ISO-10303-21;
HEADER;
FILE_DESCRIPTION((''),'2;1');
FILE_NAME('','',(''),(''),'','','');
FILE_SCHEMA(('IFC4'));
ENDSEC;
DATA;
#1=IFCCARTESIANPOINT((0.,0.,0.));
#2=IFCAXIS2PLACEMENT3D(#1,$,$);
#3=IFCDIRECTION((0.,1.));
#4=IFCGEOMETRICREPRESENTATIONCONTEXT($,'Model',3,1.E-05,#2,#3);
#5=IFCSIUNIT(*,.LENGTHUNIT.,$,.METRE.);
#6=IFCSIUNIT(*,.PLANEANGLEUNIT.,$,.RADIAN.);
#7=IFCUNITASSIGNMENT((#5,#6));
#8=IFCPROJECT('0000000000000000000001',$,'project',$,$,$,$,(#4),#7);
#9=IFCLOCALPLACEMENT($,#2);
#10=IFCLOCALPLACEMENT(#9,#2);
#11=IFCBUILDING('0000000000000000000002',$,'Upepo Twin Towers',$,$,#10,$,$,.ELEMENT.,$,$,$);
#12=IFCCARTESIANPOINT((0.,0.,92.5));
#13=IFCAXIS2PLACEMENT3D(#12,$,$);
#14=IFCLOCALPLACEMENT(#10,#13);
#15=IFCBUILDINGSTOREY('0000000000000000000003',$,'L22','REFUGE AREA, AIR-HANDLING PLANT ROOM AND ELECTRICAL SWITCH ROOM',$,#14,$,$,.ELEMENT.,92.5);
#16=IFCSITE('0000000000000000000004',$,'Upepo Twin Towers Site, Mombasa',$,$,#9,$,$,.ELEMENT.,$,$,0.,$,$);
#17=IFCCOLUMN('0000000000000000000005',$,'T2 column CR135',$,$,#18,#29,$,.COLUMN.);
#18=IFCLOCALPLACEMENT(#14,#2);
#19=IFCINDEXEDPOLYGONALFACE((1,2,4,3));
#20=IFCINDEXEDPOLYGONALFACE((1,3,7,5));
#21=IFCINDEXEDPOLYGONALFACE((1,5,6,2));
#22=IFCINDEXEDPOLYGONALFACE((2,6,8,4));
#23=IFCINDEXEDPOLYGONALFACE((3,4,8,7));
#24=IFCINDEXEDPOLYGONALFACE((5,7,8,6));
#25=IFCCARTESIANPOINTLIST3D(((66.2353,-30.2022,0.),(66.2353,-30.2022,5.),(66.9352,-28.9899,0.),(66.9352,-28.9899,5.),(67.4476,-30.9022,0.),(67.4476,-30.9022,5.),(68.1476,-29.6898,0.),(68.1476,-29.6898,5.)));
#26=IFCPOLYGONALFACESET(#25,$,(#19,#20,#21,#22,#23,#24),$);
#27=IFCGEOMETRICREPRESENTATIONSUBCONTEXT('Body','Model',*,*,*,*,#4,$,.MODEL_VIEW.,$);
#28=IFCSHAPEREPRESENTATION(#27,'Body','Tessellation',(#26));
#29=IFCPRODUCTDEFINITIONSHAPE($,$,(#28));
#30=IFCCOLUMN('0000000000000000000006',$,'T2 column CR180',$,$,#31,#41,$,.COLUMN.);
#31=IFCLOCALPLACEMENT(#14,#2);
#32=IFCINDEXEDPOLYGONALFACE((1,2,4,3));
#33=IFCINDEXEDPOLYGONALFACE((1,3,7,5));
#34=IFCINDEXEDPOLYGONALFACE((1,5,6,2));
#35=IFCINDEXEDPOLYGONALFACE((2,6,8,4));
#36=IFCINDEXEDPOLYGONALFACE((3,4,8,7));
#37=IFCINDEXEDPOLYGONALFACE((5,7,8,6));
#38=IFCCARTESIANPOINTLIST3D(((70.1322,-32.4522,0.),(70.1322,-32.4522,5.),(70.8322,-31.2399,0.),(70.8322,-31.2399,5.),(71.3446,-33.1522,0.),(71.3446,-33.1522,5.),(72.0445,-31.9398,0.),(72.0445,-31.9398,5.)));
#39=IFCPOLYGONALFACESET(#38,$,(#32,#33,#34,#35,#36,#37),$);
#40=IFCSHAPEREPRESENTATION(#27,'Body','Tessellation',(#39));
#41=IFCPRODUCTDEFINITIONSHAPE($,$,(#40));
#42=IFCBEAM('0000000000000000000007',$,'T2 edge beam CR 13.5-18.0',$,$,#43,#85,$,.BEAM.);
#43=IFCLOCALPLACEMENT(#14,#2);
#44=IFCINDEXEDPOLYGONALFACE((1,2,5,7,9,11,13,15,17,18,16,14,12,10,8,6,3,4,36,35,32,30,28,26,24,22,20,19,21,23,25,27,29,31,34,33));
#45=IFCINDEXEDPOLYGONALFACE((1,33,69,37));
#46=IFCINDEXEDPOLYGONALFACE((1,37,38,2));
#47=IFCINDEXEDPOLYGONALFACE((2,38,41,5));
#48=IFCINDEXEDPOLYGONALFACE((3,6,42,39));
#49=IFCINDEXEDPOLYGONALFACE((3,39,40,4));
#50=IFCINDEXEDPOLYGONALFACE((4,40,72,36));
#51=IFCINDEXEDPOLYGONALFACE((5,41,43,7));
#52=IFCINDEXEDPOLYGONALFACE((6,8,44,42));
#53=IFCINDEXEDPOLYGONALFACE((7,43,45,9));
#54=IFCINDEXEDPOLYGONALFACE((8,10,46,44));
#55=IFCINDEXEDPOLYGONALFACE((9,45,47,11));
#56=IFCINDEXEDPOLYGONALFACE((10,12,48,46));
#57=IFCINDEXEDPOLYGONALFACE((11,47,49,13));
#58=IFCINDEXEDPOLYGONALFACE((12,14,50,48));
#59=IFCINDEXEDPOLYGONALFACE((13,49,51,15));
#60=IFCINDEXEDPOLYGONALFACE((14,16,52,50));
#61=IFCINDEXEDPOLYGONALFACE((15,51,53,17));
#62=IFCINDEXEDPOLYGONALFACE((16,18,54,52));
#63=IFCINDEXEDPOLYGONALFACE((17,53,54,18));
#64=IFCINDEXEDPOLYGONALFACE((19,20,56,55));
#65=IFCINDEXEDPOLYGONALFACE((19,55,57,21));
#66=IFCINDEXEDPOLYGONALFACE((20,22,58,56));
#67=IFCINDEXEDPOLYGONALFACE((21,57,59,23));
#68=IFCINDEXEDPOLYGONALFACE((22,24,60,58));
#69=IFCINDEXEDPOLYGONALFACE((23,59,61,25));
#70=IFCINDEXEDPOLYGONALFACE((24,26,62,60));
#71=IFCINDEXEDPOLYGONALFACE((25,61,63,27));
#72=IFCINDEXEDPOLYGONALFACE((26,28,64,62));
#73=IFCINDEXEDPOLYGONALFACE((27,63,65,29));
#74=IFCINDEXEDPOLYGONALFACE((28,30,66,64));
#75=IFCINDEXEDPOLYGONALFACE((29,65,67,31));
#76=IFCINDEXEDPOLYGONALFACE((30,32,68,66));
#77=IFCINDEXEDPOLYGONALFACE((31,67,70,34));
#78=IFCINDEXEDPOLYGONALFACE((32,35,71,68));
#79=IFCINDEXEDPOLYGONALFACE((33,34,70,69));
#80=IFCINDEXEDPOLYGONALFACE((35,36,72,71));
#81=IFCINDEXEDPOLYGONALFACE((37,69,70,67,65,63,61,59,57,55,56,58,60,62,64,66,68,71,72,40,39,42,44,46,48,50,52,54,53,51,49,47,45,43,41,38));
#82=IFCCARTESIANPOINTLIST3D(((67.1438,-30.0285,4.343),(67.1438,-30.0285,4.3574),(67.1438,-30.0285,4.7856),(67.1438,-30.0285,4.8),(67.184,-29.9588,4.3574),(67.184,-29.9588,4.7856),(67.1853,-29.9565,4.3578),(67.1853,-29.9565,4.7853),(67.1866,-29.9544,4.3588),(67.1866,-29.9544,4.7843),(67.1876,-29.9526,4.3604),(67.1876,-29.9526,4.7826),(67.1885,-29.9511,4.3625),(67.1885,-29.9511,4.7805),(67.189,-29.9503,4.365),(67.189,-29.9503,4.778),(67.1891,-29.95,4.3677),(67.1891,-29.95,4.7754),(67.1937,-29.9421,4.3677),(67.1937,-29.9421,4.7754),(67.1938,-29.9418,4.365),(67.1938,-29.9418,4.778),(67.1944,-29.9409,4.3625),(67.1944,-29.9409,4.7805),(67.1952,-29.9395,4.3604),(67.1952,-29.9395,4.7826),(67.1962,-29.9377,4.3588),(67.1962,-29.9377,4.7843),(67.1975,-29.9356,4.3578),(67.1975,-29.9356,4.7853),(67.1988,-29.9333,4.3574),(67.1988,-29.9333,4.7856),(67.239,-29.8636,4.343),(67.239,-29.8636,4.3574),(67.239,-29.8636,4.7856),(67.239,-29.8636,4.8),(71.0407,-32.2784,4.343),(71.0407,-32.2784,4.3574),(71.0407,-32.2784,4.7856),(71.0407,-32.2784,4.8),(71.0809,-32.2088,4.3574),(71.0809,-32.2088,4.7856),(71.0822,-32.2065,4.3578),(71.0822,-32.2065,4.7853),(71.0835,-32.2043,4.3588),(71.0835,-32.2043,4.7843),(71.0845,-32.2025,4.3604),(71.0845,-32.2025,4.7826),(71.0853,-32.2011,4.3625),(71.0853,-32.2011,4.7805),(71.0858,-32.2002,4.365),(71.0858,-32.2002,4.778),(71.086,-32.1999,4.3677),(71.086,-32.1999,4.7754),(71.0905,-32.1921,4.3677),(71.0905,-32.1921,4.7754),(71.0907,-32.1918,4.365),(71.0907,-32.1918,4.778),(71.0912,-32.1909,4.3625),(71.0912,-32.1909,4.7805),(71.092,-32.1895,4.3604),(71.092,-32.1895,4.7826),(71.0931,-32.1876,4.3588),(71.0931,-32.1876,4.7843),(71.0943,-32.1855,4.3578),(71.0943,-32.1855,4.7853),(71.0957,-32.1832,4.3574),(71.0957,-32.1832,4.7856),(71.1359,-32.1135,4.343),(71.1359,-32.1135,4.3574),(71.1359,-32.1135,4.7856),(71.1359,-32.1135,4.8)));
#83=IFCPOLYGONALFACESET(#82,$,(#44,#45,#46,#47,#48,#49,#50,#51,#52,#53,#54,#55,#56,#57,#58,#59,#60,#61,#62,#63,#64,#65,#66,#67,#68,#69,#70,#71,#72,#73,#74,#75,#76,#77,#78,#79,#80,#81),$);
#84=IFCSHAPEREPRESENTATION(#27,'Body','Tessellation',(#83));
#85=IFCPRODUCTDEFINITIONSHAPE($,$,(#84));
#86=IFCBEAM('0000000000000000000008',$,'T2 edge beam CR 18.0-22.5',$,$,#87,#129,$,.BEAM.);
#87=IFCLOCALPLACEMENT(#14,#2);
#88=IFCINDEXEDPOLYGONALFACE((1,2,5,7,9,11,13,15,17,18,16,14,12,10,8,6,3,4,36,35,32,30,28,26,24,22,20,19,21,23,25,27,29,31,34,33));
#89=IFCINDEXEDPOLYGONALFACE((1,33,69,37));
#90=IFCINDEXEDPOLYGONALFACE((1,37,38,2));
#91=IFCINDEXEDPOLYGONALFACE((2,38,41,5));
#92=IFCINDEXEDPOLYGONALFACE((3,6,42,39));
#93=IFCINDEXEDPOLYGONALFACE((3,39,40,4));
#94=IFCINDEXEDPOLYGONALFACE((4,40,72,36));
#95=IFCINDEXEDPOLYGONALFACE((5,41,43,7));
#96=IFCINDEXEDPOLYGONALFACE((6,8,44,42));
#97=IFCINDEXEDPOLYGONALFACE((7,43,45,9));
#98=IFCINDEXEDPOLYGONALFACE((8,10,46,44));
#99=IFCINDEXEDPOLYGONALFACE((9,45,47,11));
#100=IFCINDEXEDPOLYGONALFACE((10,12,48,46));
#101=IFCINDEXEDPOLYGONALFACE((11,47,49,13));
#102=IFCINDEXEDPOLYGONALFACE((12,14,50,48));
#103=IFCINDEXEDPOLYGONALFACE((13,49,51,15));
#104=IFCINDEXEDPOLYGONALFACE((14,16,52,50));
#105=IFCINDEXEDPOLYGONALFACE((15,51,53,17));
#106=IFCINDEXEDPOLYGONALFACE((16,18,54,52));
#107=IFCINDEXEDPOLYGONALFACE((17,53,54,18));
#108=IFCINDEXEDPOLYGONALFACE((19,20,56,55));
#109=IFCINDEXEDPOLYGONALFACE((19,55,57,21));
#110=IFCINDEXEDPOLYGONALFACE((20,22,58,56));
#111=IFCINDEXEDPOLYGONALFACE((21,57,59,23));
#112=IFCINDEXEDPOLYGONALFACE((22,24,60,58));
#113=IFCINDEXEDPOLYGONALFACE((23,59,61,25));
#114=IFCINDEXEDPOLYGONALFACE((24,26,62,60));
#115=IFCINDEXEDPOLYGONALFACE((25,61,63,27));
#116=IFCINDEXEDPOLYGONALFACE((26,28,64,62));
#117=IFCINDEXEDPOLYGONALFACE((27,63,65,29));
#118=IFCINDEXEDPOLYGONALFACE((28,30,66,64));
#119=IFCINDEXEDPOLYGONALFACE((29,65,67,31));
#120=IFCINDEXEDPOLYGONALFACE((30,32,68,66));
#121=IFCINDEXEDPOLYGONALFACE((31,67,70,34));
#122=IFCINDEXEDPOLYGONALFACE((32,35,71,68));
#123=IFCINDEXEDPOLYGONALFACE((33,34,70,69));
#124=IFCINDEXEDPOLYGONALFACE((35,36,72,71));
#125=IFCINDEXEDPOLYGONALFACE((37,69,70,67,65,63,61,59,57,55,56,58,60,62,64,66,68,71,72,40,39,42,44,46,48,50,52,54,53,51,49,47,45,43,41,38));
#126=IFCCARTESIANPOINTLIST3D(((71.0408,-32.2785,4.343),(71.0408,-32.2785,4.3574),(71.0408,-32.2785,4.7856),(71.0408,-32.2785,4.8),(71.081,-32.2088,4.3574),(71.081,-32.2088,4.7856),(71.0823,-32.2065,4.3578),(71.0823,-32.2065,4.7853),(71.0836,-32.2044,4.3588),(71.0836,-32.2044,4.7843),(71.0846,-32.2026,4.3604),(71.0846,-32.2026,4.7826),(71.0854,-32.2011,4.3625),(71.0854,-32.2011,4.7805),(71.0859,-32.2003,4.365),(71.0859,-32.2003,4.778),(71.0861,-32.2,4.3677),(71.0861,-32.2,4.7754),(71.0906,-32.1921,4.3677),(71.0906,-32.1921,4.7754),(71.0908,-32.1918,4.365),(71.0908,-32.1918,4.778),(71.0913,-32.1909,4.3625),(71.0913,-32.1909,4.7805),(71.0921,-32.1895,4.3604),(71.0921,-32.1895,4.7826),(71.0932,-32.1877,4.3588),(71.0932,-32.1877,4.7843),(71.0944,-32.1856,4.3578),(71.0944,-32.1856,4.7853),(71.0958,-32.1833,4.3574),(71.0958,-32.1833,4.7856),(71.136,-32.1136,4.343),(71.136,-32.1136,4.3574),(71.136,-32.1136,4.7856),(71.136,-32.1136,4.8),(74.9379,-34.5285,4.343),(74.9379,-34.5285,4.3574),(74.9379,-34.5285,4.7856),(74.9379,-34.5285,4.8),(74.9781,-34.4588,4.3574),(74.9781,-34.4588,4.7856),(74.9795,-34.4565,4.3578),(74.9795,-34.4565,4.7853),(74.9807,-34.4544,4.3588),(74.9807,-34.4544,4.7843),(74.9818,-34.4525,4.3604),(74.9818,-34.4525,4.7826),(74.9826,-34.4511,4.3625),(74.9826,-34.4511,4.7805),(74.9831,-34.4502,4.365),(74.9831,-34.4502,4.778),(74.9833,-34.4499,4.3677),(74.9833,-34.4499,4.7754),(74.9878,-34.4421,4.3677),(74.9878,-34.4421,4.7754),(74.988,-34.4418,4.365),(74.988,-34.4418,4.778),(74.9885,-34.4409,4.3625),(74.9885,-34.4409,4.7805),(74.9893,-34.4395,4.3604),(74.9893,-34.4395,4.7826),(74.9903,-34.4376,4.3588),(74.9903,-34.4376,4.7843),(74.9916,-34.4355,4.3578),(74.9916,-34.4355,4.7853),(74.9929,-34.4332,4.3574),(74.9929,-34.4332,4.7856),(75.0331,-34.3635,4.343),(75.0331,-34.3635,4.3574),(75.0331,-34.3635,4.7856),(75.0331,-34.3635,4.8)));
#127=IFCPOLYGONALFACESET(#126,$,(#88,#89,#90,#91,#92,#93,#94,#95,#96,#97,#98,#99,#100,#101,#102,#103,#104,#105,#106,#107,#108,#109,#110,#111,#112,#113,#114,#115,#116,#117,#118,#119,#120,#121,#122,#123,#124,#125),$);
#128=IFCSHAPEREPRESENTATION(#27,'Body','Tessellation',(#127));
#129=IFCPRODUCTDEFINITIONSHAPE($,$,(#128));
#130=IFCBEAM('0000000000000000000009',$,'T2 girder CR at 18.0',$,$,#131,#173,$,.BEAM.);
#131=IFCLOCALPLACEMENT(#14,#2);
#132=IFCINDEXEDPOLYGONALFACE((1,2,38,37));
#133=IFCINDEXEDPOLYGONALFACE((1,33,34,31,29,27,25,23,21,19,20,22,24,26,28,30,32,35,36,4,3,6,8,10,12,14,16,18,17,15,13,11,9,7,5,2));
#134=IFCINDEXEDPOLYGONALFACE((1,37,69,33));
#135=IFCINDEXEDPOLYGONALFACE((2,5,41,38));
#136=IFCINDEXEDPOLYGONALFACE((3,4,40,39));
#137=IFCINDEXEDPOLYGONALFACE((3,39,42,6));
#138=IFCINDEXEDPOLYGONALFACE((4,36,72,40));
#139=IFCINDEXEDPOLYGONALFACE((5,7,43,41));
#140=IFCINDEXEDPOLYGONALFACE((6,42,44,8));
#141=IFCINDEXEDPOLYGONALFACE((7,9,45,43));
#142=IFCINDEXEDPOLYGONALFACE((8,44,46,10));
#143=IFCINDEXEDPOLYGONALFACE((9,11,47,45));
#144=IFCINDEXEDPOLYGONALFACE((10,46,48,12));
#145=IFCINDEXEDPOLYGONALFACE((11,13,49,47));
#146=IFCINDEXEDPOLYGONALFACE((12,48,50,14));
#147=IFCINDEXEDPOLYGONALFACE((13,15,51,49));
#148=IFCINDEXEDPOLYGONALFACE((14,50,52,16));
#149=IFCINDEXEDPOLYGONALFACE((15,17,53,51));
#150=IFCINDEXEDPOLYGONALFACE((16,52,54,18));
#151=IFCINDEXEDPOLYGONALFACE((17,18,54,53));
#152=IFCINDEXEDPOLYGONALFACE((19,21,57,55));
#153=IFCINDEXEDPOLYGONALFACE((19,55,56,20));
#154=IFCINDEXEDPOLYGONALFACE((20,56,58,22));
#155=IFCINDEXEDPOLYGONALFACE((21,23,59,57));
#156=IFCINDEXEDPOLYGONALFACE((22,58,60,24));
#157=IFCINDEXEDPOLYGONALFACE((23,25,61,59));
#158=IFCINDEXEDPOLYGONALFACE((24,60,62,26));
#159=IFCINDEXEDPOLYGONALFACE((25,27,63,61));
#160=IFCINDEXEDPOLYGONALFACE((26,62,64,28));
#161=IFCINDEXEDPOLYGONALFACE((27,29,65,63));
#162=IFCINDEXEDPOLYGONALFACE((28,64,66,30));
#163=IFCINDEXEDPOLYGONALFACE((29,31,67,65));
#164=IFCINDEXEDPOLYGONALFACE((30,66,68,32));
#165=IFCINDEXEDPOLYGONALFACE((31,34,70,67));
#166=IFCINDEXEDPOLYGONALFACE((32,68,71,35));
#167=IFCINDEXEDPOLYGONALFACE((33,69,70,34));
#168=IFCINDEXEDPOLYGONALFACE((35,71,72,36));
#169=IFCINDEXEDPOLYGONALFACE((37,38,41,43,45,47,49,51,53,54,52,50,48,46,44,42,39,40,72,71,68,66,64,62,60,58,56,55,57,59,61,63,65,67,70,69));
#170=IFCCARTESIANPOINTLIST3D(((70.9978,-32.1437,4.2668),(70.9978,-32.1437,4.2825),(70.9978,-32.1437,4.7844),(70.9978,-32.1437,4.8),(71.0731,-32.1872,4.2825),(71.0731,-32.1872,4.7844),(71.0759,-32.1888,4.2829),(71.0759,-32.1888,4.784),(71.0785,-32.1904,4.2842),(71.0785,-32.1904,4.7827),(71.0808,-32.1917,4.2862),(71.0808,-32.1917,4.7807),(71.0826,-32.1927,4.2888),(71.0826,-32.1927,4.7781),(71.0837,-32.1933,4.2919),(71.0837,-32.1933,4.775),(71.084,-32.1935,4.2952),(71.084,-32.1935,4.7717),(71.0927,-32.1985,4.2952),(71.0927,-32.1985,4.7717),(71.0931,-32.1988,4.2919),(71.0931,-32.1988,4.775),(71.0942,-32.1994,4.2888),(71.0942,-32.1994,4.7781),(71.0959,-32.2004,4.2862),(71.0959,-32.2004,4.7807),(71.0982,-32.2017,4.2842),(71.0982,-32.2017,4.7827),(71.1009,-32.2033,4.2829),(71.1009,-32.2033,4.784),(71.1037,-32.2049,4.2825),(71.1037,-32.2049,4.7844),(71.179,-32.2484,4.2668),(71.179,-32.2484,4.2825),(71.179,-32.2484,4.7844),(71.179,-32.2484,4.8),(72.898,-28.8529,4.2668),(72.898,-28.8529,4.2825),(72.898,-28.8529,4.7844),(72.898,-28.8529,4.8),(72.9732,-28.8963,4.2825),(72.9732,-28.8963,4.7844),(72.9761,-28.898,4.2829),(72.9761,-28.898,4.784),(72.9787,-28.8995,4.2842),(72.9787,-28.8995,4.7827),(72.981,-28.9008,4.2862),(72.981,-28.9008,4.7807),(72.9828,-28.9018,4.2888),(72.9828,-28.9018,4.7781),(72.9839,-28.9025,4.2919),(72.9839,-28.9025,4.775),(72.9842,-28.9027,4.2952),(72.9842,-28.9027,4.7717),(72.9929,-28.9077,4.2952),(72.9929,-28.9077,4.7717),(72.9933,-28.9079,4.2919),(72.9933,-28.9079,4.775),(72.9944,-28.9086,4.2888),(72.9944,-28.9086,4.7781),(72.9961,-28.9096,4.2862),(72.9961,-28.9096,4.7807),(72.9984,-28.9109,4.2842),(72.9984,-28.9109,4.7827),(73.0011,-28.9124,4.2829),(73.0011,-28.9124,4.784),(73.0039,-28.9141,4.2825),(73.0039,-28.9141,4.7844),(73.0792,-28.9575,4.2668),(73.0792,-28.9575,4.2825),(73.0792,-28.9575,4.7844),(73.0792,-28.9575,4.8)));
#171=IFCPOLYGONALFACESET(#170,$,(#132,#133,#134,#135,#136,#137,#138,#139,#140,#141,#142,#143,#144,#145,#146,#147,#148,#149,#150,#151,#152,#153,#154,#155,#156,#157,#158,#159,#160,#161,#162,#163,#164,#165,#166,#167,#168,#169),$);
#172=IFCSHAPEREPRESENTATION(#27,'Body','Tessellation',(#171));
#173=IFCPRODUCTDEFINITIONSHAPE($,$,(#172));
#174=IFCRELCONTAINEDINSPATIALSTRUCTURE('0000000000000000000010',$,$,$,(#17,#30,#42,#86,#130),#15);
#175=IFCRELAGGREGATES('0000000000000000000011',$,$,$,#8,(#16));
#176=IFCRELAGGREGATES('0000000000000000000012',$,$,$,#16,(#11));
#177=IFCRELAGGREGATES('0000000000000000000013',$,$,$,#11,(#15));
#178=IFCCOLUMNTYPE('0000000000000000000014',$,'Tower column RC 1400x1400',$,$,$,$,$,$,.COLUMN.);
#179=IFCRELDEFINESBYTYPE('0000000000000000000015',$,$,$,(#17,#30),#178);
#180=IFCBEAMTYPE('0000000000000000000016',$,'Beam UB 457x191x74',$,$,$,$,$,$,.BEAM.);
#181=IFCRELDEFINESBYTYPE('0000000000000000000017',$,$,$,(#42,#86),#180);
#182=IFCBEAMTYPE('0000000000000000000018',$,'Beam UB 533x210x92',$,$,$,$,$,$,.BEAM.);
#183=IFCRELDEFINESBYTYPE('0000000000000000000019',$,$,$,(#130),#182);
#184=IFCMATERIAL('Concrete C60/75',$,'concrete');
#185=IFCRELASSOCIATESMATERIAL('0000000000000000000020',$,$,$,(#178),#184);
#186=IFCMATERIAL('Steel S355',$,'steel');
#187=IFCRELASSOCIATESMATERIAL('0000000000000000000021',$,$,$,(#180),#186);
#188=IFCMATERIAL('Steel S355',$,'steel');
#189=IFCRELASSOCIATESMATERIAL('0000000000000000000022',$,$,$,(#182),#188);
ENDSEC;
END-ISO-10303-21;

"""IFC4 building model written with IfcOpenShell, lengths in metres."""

from ifc_helpers import new_model, si_unit, direction, frame, origin, origin_2d, place, context, subcontext, project, spatial, rectangle, i_section, extrude, material, material_profile, profile_set, type_object, element, save


model = new_model("IFC4")

# Units and contexts
model_context = context("Model", 3, precision=1e-05, world=origin(), true_north=direction((0.0, 1.0)))
body_context = subcontext(model_context, "Body", "Model", "MODEL_VIEW")
ifc_project = project(units=[si_unit("LENGTHUNIT", "METRE"), si_unit("PLANEANGLEUNIT", "RADIAN")], contexts=[model_context])

# Site, building, storey
site_placement = place(None, origin())
site = spatial("IfcSite", under=ifc_project, at=site_placement, Name="Upepo Twin Towers Site, Mombasa", CompositionType="ELEMENT", RefElevation=0.0)
building_placement = place(site_placement, origin())
building = spatial("IfcBuilding", under=site, at=building_placement, Name="Upepo Twin Towers", CompositionType="ELEMENT")
storey_placement = place(building_placement, frame((0.0, 0.0, 92.5)))
storey = spatial("IfcBuildingStorey", under=building, at=storey_placement, Name="L22", Description="REFUGE AREA, AIR-HANDLING PLANT ROOM AND ELECTRICAL SWITCH ROOM", CompositionType="ELEMENT", Elevation=92.5)

# Columns
ifc_material_1 = material(Name="Concrete C60/75", Category="concrete")
ifc_material_profile_1 = material_profile(ifc_material_1, rectangle(XDim=1.3999, YDim=1.3999, at=origin_2d()), Name="RC 1400x1400")
ifc_profile_set_1 = profile_set([ifc_material_profile_1], Name="Concrete C60/75")
column_type = type_object("IfcColumnType", Name="Tower column RC 1400x1400", PredefinedType="COLUMN", material=ifc_profile_set_1)
for number, where, z_axis, x_axis, name in (
    (1, (67.1914, -29.946, 0.0), (0.0, 0.0, 1.0), (0.5, 0.866025, 0.0), "T2 column CR135"),
    (2, (71.0884, -32.196, 0.0), (0.0, 0.0, 1.0), (0.5, 0.866025, 0.0), "T2 column CR180"),
):
    element("IfcColumn", number, at=place(storey_placement, frame(where, z_axis=z_axis, x_axis=x_axis)), inside=storey, type_object=column_type, Name=name, PredefinedType="COLUMN", context=body_context, shape_type="SweptSolid", body=[
        extrude(rectangle(XDim=1.3999, YDim=1.3999, at=origin_2d()), origin(), (0.0, 0.0, 1.0), 5.0),
    ])

# Beams
ifc_material_2 = material(Name="Steel S355", Category="steel")
ifc_material_profile_2 = material_profile(ifc_material_2, i_section(OverallWidth=0.1904, OverallDepth=0.457, WebThickness=0.009, FlangeThickness=0.0144, FilletRadius=0.0103, at=origin_2d()), Name="UB 457x191x74")
ifc_profile_set_2 = profile_set([ifc_material_profile_2], Name="Steel S355")
beam_type_1 = type_object("IfcBeamType", Name="Beam UB 457x191x74", PredefinedType="BEAM", material=ifc_profile_set_2)
beam_1_placement = place(storey_placement, frame((67.1914, -29.946, 4.5715), z_axis=(0.866018, -0.500014, 0.0), x_axis=(0.500014, 0.866018, 0.0)))
element("IfcBeam", 3, at=beam_1_placement, inside=storey, type_object=beam_type_1, Name="T2 edge beam CR 13.5-18.0", PredefinedType="BEAM", context=body_context, shape_type="SweptSolid", body=[
    extrude(i_section(OverallWidth=0.1904, OverallDepth=0.457, WebThickness=0.009, FlangeThickness=0.0144, FilletRadius=0.0103, at=origin_2d()), origin(), (0.0, 0.0, 1.0), 4.4998),
])
beam_2_placement = place(storey_placement, frame((71.0884, -32.196, 4.5715), z_axis=(0.866031, -0.49999, 0.0), x_axis=(0.49999, 0.866031, 0.0)))
element("IfcBeam", 4, at=beam_2_placement, inside=storey, type_object=beam_type_1, Name="T2 edge beam CR 18.0-22.5", PredefinedType="BEAM", context=body_context, shape_type="SweptSolid", body=[
    extrude(i_section(OverallWidth=0.1904, OverallDepth=0.457, WebThickness=0.009, FlangeThickness=0.0144, FilletRadius=0.0103, at=origin_2d()), origin(), (0.0, 0.0, 1.0), 4.5),
])
ifc_material_3 = material(Name="Steel S355", Category="steel")
ifc_material_profile_3 = material_profile(ifc_material_3, i_section(OverallWidth=0.2092, OverallDepth=0.5332, WebThickness=0.01, FlangeThickness=0.0156, FilletRadius=0.0127, at=origin_2d()), Name="UB 533x210x92")
ifc_profile_set_3 = profile_set([ifc_material_profile_3], Name="Steel S355")
beam_type_2 = type_object("IfcBeamType", Name="Beam UB 533x210x92", PredefinedType="BEAM", material=ifc_profile_set_3)
beam_3_placement = place(storey_placement, frame((71.0884, -32.196, 4.5334), z_axis=(0.500043, 0.866, 0.0), x_axis=(-0.866, 0.500043, 0.0)))
element("IfcBeam", 5, at=beam_3_placement, inside=storey, type_object=beam_type_2, Name="T2 girder CR at 18.0", PredefinedType="BEAM", context=body_context, shape_type="SweptSolid", body=[
    extrude(i_section(OverallWidth=0.2092, OverallDepth=0.5332, WebThickness=0.01, FlangeThickness=0.0156, FilletRadius=0.0127, at=origin_2d()), origin(), (0.0, 0.0, 1.0), 3.8),
])

save(model, "model.ifc")
